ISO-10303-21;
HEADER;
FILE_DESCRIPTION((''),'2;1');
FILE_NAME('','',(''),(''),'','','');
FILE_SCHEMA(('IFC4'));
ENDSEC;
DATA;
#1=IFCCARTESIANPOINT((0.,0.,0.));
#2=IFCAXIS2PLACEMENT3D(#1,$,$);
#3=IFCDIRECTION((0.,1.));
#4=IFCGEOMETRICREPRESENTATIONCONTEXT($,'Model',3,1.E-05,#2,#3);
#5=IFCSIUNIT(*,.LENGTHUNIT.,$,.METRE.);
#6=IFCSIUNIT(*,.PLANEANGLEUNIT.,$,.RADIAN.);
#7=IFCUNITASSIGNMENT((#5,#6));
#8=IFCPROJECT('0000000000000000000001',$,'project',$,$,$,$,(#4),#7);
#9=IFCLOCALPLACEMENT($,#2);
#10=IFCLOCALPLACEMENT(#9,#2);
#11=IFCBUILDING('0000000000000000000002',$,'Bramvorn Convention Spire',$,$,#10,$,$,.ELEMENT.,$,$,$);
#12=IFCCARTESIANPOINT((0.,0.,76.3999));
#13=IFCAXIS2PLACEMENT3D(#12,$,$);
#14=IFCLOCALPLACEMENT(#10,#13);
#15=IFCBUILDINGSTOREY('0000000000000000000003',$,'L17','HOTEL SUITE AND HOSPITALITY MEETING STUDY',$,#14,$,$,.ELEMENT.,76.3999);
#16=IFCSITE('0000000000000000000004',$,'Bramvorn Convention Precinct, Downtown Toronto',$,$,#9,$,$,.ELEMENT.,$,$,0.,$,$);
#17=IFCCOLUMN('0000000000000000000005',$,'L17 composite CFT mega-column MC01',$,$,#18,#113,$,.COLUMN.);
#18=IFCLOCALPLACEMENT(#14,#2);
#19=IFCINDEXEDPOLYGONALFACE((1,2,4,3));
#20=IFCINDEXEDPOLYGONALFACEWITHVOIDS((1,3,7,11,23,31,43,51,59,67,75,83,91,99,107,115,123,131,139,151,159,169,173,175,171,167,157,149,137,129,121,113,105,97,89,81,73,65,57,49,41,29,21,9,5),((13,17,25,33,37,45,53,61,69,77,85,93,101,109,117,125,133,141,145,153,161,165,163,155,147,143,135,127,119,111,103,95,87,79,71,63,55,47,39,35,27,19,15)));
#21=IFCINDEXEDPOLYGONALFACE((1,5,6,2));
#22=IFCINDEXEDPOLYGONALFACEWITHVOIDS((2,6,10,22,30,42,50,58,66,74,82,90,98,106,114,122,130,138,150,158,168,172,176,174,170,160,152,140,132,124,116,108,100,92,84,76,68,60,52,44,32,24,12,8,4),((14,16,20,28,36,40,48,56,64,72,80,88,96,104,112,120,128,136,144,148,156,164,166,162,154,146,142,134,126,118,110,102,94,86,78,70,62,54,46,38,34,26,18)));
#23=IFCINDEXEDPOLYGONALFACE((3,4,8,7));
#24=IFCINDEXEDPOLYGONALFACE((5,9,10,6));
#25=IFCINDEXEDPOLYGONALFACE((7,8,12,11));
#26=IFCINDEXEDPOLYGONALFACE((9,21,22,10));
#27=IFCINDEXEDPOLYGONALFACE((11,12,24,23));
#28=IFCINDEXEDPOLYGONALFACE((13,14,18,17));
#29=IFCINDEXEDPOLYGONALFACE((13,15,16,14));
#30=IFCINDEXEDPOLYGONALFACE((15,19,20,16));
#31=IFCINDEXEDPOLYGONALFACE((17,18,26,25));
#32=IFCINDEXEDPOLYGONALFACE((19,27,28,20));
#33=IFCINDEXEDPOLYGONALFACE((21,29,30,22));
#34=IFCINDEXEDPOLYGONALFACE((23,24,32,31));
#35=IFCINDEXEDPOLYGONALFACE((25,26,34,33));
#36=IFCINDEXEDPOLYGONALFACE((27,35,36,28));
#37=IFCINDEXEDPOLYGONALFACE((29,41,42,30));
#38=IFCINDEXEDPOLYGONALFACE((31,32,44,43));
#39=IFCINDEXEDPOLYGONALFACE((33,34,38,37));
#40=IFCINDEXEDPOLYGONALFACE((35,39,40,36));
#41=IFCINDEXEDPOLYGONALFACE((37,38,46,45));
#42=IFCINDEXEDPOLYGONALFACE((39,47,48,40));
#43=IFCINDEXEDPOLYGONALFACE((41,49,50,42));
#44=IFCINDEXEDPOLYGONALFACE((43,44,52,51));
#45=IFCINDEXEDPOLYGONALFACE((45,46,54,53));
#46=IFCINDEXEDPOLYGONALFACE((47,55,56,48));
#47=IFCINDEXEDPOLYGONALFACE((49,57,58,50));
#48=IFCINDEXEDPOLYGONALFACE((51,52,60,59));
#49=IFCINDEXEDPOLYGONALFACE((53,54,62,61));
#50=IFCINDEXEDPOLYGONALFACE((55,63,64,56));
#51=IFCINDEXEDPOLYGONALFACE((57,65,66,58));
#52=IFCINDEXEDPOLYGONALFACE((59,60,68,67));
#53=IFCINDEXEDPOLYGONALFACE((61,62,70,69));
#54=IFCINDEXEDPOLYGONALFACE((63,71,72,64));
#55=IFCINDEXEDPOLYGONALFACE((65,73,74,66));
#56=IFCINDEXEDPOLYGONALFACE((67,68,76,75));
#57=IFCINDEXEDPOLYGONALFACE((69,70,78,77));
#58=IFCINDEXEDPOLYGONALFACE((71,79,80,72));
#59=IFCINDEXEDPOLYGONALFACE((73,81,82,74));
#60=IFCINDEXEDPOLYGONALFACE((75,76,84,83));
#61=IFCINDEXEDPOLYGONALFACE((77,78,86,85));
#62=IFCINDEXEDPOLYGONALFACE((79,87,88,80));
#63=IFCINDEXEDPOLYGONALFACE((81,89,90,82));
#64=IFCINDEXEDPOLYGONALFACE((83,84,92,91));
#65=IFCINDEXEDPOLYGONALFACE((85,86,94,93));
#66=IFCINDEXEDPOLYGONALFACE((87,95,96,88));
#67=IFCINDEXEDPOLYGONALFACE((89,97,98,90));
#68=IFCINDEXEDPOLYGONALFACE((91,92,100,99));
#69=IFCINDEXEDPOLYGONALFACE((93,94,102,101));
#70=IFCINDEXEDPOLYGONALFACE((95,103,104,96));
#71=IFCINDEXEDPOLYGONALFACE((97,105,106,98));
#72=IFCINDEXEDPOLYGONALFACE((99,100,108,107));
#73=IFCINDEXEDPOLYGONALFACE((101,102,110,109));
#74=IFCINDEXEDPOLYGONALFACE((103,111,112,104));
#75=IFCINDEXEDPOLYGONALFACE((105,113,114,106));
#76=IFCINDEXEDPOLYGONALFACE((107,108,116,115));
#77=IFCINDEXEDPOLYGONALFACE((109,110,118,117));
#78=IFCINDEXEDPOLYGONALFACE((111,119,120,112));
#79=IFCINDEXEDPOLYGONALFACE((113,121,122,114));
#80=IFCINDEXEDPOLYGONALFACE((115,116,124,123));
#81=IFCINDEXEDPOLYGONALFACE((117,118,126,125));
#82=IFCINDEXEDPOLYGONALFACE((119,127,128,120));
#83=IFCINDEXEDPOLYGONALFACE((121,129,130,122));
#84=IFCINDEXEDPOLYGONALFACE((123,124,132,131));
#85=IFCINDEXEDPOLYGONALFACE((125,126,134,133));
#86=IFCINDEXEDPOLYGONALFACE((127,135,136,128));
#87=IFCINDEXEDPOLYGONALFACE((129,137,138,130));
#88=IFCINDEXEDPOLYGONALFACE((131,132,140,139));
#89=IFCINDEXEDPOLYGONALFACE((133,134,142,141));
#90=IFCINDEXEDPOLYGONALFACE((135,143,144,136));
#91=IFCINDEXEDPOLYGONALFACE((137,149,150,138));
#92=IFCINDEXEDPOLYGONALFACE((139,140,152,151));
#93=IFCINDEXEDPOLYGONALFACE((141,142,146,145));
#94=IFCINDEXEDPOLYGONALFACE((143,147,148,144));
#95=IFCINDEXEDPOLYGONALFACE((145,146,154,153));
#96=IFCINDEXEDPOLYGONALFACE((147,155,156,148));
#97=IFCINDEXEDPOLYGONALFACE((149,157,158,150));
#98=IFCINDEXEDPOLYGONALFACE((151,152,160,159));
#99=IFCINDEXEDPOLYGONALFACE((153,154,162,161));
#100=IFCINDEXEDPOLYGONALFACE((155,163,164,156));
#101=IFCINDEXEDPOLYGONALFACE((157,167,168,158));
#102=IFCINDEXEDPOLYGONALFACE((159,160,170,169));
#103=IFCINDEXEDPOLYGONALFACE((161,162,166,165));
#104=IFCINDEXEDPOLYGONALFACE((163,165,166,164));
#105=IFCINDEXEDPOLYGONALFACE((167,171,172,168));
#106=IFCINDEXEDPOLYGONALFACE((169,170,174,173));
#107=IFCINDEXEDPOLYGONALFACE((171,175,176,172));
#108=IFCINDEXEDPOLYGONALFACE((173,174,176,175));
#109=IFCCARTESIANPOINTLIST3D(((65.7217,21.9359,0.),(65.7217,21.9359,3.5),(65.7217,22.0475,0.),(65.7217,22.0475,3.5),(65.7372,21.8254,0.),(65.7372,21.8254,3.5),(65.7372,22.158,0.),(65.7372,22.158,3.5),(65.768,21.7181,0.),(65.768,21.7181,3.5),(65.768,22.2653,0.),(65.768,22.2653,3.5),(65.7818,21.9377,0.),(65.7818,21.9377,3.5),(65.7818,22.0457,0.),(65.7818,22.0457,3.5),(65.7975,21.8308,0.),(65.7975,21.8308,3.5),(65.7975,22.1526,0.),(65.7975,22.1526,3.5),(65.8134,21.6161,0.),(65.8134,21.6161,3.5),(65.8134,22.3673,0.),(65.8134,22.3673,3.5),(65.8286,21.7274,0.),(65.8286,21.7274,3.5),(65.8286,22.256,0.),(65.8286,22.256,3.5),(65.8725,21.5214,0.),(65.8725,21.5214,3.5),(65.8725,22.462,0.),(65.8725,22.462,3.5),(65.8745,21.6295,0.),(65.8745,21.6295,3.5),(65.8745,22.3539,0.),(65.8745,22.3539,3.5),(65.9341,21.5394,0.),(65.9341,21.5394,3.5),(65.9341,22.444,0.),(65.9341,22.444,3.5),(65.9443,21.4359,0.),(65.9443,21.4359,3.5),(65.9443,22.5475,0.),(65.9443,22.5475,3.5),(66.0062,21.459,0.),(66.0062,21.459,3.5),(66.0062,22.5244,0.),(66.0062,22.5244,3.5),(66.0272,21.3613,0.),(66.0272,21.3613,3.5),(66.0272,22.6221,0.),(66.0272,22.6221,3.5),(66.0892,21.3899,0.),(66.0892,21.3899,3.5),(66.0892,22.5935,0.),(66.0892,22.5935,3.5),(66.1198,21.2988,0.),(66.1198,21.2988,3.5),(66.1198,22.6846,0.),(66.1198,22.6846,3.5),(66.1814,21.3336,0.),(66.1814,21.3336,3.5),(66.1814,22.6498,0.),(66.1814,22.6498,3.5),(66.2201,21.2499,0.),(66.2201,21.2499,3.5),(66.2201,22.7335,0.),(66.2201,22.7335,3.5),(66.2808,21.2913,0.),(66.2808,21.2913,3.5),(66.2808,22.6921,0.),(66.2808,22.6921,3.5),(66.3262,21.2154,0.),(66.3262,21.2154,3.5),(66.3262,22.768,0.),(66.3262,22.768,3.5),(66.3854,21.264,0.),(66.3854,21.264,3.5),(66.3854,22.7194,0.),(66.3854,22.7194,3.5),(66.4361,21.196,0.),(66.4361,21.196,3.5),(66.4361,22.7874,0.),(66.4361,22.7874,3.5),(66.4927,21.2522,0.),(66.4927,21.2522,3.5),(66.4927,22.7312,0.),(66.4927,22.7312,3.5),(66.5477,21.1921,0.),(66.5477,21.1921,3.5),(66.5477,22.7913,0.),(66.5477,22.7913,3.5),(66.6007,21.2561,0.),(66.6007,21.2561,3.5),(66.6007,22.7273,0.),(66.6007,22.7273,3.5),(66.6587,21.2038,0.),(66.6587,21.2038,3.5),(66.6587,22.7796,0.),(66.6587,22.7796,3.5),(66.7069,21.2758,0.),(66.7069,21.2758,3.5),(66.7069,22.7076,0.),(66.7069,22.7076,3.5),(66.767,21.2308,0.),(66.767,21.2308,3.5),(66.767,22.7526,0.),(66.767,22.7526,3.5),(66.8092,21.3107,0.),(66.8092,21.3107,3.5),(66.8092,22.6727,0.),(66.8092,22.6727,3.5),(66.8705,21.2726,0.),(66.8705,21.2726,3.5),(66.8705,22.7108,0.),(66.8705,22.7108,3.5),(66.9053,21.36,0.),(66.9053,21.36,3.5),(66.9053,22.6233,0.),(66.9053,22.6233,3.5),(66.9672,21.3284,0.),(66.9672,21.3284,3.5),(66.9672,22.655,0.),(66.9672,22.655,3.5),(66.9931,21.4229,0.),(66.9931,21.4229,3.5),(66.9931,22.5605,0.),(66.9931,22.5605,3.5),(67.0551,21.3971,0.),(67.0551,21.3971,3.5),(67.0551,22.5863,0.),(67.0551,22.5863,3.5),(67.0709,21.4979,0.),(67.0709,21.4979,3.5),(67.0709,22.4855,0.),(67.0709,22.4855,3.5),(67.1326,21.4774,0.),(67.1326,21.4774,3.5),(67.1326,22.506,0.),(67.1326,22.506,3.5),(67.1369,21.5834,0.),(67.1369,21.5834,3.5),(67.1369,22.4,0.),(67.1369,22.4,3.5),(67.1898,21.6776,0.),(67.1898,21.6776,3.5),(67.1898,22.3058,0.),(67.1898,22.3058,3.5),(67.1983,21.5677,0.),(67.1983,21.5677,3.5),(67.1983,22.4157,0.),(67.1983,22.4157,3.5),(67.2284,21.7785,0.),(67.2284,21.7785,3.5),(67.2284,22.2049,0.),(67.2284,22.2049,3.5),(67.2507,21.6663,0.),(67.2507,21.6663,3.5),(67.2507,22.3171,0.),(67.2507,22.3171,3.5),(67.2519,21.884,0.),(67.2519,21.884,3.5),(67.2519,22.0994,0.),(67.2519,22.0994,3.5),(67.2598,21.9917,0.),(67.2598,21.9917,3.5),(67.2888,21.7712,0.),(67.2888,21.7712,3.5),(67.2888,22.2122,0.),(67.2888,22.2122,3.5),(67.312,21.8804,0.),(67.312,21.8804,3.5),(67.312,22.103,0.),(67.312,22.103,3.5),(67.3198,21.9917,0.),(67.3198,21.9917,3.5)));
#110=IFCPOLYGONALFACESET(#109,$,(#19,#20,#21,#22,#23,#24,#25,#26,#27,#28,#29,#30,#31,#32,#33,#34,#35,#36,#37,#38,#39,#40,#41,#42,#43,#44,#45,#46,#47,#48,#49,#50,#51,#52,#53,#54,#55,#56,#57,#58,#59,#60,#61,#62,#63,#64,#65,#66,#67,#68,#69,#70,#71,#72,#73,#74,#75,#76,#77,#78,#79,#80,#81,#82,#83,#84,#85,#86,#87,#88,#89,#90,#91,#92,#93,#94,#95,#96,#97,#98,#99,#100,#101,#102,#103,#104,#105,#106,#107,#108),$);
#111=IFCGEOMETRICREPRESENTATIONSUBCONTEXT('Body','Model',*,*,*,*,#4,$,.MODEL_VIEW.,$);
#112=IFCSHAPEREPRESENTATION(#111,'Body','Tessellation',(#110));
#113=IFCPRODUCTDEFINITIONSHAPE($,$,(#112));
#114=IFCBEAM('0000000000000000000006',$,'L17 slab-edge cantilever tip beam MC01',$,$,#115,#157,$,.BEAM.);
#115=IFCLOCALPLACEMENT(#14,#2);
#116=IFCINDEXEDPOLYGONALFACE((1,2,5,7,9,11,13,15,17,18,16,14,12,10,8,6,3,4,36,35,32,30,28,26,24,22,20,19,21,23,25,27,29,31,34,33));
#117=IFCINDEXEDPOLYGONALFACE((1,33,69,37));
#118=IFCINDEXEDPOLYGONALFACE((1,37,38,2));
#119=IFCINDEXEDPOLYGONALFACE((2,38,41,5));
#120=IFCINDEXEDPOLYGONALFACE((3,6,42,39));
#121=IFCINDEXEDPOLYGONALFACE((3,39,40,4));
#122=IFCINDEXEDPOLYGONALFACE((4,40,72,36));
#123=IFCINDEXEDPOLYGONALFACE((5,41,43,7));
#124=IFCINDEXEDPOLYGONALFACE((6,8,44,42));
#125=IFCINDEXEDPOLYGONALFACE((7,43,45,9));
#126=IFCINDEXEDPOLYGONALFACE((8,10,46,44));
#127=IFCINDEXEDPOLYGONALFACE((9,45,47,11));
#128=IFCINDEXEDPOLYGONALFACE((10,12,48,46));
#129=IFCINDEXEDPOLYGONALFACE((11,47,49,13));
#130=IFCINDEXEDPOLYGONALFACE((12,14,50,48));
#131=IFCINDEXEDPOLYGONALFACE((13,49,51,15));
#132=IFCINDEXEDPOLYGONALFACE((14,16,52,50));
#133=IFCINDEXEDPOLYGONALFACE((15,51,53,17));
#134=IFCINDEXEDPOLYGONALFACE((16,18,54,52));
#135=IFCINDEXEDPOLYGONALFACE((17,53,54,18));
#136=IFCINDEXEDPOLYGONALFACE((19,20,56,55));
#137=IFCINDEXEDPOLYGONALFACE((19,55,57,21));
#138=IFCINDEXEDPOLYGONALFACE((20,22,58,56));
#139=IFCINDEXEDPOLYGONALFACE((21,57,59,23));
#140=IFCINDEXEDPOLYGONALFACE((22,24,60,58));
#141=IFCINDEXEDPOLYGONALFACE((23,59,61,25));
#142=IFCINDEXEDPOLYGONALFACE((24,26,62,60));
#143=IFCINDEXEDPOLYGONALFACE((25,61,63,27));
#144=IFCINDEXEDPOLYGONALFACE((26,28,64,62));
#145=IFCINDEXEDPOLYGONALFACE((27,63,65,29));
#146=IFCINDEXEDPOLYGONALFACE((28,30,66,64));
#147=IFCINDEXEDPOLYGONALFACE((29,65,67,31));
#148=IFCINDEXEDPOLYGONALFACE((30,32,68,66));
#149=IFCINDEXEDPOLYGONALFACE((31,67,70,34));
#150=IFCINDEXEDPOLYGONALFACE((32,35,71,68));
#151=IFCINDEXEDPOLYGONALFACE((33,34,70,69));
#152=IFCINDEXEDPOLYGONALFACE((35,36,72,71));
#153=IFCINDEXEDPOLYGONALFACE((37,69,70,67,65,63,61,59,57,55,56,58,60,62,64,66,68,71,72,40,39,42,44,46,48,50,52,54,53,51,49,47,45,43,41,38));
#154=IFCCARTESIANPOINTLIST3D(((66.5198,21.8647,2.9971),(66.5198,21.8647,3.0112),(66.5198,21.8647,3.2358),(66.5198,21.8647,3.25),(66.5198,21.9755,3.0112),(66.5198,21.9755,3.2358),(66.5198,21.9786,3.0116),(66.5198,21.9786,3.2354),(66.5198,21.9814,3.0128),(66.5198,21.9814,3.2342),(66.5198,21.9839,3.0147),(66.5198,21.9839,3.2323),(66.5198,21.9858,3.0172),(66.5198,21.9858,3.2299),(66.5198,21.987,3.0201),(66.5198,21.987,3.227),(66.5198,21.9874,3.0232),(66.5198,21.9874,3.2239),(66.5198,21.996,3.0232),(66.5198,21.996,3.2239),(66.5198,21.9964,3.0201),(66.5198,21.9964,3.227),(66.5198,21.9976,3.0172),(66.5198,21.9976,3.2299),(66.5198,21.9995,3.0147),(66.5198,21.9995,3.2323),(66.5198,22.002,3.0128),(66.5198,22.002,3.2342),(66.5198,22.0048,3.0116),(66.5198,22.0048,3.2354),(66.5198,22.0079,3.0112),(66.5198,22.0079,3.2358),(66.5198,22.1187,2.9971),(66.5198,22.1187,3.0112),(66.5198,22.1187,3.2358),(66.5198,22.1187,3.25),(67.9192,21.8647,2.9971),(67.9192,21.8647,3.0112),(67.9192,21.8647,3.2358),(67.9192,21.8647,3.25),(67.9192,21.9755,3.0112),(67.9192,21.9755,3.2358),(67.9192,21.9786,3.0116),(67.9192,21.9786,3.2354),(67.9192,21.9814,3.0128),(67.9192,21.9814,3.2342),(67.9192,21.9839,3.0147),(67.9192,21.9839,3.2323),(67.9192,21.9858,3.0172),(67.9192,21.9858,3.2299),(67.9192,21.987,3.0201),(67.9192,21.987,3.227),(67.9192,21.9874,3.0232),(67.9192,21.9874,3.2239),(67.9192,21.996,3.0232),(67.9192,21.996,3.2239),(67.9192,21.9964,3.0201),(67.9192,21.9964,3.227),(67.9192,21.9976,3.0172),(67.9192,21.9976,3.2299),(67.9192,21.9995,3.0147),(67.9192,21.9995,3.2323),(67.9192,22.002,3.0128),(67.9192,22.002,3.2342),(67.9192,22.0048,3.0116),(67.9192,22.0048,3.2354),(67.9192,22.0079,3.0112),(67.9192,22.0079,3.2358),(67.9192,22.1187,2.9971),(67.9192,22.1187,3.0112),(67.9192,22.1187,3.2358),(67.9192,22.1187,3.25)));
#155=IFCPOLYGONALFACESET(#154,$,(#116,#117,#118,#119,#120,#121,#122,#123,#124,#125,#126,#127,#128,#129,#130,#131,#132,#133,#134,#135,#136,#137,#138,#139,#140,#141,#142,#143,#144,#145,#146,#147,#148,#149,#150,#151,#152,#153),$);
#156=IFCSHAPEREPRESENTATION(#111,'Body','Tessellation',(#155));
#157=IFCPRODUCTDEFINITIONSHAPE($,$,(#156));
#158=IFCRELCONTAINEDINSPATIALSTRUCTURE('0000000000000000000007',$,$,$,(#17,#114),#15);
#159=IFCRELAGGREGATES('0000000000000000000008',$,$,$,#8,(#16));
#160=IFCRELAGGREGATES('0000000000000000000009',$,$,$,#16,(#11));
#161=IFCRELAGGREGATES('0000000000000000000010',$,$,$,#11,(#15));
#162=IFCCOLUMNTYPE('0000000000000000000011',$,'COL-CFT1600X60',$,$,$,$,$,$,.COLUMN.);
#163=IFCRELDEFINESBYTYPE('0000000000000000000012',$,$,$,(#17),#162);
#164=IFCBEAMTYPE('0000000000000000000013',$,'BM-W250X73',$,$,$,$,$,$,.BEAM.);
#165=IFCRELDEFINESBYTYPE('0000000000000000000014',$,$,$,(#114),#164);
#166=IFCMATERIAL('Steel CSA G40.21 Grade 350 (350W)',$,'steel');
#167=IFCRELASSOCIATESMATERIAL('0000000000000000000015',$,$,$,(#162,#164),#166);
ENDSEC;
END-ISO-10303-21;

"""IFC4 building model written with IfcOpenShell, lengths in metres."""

from ifc_helpers import new_model, si_unit, direction, frame, origin, origin_2d, place, context, subcontext, project, spatial, hollow_circle, i_section, extrude, material, material_profile, profile_set, type_object, element, save


model = new_model("IFC4")

# Units and contexts
model_context = context("Model", 3, precision=1e-05, world=origin(), true_north=direction((0.0, 1.0)))
body_context = subcontext(model_context, "Body", "Model", "MODEL_VIEW")
ifc_project = project(units=[si_unit("LENGTHUNIT", "METRE"), si_unit("PLANEANGLEUNIT", "RADIAN")], contexts=[model_context])

# Site, building, storey
site_placement = place(None, origin())
site = spatial("IfcSite", under=ifc_project, at=site_placement, Name="Bramvorn Convention Precinct, Downtown Toronto", CompositionType="ELEMENT", RefElevation=0.0)
building_placement = place(site_placement, origin())
building = spatial("IfcBuilding", under=site, at=building_placement, Name="Bramvorn Convention Spire", CompositionType="ELEMENT")
storey_placement = place(building_placement, frame((0.0, 0.0, 76.3999)))
storey = spatial("IfcBuildingStorey", under=building, at=storey_placement, Name="L17", Description="HOTEL SUITE AND HOSPITALITY MEETING STUDY", CompositionType="ELEMENT", Elevation=76.3999)

# Column
ifc_material_1 = material(Name="Steel CSA G40.21 Grade 350 (350W)", Category="steel")
ifc_material_profile_1 = material_profile(ifc_material_1, hollow_circle(Radius=0.8, WallThickness=0.0601, at=origin_2d()))
ifc_profile_set_1 = profile_set([ifc_material_profile_1], Name="Steel CSA G40.21 Grade 350 (350W) - CFT1600X60")
column_type = type_object("IfcColumnType", Name="COL-CFT1600X60", PredefinedType="COLUMN", material=ifc_profile_set_1)
column_placement = place(storey_placement, frame((66.5198, 21.9917, 0.0), z_axis=(0.0, 0.0, 1.0), x_axis=(1.0, 0.0, 0.0)))
element("IfcColumn", 1, at=column_placement, inside=storey, type_object=column_type, Name="L17 composite CFT mega-column MC01", PredefinedType="COLUMN", context=body_context, shape_type="SweptSolid", body=[
    extrude(hollow_circle(Radius=0.8, WallThickness=0.0601, at=origin_2d()), origin(), (0.0, 0.0, 1.0), 3.5),
])

# Beam
ifc_material_profile_2 = material_profile(ifc_material_1, i_section(OverallWidth=0.2539, OverallDepth=0.2529, WebThickness=0.0085, FlangeThickness=0.0142, FilletRadius=0.012, at=origin_2d()))
ifc_profile_set_2 = profile_set([ifc_material_profile_2], Name="Steel CSA G40.21 Grade 350 (350W) - W250X73")
beam_type_1 = type_object("IfcBeamType", Name="BM-W250X73", PredefinedType="BEAM", material=ifc_profile_set_2)
beam_1_placement = place(storey_placement, frame((66.5198, 21.9917, 3.1235), z_axis=(1.0, 0.0, 0.0), x_axis=(0.0, 1.0, 0.0)))
element("IfcBeam", 2, at=beam_1_placement, inside=storey, type_object=beam_type_1, Name="L17 slab-edge cantilever tip beam MC01", PredefinedType="BEAM", context=body_context, shape_type="SweptSolid", body=[
    extrude(i_section(OverallWidth=0.2539, OverallDepth=0.2529, WebThickness=0.0085, FlangeThickness=0.0142, FilletRadius=0.012, at=origin_2d()), origin(), (0.0, 0.0, 1.0), 1.3994),
])

save(model, "model.ifc")
